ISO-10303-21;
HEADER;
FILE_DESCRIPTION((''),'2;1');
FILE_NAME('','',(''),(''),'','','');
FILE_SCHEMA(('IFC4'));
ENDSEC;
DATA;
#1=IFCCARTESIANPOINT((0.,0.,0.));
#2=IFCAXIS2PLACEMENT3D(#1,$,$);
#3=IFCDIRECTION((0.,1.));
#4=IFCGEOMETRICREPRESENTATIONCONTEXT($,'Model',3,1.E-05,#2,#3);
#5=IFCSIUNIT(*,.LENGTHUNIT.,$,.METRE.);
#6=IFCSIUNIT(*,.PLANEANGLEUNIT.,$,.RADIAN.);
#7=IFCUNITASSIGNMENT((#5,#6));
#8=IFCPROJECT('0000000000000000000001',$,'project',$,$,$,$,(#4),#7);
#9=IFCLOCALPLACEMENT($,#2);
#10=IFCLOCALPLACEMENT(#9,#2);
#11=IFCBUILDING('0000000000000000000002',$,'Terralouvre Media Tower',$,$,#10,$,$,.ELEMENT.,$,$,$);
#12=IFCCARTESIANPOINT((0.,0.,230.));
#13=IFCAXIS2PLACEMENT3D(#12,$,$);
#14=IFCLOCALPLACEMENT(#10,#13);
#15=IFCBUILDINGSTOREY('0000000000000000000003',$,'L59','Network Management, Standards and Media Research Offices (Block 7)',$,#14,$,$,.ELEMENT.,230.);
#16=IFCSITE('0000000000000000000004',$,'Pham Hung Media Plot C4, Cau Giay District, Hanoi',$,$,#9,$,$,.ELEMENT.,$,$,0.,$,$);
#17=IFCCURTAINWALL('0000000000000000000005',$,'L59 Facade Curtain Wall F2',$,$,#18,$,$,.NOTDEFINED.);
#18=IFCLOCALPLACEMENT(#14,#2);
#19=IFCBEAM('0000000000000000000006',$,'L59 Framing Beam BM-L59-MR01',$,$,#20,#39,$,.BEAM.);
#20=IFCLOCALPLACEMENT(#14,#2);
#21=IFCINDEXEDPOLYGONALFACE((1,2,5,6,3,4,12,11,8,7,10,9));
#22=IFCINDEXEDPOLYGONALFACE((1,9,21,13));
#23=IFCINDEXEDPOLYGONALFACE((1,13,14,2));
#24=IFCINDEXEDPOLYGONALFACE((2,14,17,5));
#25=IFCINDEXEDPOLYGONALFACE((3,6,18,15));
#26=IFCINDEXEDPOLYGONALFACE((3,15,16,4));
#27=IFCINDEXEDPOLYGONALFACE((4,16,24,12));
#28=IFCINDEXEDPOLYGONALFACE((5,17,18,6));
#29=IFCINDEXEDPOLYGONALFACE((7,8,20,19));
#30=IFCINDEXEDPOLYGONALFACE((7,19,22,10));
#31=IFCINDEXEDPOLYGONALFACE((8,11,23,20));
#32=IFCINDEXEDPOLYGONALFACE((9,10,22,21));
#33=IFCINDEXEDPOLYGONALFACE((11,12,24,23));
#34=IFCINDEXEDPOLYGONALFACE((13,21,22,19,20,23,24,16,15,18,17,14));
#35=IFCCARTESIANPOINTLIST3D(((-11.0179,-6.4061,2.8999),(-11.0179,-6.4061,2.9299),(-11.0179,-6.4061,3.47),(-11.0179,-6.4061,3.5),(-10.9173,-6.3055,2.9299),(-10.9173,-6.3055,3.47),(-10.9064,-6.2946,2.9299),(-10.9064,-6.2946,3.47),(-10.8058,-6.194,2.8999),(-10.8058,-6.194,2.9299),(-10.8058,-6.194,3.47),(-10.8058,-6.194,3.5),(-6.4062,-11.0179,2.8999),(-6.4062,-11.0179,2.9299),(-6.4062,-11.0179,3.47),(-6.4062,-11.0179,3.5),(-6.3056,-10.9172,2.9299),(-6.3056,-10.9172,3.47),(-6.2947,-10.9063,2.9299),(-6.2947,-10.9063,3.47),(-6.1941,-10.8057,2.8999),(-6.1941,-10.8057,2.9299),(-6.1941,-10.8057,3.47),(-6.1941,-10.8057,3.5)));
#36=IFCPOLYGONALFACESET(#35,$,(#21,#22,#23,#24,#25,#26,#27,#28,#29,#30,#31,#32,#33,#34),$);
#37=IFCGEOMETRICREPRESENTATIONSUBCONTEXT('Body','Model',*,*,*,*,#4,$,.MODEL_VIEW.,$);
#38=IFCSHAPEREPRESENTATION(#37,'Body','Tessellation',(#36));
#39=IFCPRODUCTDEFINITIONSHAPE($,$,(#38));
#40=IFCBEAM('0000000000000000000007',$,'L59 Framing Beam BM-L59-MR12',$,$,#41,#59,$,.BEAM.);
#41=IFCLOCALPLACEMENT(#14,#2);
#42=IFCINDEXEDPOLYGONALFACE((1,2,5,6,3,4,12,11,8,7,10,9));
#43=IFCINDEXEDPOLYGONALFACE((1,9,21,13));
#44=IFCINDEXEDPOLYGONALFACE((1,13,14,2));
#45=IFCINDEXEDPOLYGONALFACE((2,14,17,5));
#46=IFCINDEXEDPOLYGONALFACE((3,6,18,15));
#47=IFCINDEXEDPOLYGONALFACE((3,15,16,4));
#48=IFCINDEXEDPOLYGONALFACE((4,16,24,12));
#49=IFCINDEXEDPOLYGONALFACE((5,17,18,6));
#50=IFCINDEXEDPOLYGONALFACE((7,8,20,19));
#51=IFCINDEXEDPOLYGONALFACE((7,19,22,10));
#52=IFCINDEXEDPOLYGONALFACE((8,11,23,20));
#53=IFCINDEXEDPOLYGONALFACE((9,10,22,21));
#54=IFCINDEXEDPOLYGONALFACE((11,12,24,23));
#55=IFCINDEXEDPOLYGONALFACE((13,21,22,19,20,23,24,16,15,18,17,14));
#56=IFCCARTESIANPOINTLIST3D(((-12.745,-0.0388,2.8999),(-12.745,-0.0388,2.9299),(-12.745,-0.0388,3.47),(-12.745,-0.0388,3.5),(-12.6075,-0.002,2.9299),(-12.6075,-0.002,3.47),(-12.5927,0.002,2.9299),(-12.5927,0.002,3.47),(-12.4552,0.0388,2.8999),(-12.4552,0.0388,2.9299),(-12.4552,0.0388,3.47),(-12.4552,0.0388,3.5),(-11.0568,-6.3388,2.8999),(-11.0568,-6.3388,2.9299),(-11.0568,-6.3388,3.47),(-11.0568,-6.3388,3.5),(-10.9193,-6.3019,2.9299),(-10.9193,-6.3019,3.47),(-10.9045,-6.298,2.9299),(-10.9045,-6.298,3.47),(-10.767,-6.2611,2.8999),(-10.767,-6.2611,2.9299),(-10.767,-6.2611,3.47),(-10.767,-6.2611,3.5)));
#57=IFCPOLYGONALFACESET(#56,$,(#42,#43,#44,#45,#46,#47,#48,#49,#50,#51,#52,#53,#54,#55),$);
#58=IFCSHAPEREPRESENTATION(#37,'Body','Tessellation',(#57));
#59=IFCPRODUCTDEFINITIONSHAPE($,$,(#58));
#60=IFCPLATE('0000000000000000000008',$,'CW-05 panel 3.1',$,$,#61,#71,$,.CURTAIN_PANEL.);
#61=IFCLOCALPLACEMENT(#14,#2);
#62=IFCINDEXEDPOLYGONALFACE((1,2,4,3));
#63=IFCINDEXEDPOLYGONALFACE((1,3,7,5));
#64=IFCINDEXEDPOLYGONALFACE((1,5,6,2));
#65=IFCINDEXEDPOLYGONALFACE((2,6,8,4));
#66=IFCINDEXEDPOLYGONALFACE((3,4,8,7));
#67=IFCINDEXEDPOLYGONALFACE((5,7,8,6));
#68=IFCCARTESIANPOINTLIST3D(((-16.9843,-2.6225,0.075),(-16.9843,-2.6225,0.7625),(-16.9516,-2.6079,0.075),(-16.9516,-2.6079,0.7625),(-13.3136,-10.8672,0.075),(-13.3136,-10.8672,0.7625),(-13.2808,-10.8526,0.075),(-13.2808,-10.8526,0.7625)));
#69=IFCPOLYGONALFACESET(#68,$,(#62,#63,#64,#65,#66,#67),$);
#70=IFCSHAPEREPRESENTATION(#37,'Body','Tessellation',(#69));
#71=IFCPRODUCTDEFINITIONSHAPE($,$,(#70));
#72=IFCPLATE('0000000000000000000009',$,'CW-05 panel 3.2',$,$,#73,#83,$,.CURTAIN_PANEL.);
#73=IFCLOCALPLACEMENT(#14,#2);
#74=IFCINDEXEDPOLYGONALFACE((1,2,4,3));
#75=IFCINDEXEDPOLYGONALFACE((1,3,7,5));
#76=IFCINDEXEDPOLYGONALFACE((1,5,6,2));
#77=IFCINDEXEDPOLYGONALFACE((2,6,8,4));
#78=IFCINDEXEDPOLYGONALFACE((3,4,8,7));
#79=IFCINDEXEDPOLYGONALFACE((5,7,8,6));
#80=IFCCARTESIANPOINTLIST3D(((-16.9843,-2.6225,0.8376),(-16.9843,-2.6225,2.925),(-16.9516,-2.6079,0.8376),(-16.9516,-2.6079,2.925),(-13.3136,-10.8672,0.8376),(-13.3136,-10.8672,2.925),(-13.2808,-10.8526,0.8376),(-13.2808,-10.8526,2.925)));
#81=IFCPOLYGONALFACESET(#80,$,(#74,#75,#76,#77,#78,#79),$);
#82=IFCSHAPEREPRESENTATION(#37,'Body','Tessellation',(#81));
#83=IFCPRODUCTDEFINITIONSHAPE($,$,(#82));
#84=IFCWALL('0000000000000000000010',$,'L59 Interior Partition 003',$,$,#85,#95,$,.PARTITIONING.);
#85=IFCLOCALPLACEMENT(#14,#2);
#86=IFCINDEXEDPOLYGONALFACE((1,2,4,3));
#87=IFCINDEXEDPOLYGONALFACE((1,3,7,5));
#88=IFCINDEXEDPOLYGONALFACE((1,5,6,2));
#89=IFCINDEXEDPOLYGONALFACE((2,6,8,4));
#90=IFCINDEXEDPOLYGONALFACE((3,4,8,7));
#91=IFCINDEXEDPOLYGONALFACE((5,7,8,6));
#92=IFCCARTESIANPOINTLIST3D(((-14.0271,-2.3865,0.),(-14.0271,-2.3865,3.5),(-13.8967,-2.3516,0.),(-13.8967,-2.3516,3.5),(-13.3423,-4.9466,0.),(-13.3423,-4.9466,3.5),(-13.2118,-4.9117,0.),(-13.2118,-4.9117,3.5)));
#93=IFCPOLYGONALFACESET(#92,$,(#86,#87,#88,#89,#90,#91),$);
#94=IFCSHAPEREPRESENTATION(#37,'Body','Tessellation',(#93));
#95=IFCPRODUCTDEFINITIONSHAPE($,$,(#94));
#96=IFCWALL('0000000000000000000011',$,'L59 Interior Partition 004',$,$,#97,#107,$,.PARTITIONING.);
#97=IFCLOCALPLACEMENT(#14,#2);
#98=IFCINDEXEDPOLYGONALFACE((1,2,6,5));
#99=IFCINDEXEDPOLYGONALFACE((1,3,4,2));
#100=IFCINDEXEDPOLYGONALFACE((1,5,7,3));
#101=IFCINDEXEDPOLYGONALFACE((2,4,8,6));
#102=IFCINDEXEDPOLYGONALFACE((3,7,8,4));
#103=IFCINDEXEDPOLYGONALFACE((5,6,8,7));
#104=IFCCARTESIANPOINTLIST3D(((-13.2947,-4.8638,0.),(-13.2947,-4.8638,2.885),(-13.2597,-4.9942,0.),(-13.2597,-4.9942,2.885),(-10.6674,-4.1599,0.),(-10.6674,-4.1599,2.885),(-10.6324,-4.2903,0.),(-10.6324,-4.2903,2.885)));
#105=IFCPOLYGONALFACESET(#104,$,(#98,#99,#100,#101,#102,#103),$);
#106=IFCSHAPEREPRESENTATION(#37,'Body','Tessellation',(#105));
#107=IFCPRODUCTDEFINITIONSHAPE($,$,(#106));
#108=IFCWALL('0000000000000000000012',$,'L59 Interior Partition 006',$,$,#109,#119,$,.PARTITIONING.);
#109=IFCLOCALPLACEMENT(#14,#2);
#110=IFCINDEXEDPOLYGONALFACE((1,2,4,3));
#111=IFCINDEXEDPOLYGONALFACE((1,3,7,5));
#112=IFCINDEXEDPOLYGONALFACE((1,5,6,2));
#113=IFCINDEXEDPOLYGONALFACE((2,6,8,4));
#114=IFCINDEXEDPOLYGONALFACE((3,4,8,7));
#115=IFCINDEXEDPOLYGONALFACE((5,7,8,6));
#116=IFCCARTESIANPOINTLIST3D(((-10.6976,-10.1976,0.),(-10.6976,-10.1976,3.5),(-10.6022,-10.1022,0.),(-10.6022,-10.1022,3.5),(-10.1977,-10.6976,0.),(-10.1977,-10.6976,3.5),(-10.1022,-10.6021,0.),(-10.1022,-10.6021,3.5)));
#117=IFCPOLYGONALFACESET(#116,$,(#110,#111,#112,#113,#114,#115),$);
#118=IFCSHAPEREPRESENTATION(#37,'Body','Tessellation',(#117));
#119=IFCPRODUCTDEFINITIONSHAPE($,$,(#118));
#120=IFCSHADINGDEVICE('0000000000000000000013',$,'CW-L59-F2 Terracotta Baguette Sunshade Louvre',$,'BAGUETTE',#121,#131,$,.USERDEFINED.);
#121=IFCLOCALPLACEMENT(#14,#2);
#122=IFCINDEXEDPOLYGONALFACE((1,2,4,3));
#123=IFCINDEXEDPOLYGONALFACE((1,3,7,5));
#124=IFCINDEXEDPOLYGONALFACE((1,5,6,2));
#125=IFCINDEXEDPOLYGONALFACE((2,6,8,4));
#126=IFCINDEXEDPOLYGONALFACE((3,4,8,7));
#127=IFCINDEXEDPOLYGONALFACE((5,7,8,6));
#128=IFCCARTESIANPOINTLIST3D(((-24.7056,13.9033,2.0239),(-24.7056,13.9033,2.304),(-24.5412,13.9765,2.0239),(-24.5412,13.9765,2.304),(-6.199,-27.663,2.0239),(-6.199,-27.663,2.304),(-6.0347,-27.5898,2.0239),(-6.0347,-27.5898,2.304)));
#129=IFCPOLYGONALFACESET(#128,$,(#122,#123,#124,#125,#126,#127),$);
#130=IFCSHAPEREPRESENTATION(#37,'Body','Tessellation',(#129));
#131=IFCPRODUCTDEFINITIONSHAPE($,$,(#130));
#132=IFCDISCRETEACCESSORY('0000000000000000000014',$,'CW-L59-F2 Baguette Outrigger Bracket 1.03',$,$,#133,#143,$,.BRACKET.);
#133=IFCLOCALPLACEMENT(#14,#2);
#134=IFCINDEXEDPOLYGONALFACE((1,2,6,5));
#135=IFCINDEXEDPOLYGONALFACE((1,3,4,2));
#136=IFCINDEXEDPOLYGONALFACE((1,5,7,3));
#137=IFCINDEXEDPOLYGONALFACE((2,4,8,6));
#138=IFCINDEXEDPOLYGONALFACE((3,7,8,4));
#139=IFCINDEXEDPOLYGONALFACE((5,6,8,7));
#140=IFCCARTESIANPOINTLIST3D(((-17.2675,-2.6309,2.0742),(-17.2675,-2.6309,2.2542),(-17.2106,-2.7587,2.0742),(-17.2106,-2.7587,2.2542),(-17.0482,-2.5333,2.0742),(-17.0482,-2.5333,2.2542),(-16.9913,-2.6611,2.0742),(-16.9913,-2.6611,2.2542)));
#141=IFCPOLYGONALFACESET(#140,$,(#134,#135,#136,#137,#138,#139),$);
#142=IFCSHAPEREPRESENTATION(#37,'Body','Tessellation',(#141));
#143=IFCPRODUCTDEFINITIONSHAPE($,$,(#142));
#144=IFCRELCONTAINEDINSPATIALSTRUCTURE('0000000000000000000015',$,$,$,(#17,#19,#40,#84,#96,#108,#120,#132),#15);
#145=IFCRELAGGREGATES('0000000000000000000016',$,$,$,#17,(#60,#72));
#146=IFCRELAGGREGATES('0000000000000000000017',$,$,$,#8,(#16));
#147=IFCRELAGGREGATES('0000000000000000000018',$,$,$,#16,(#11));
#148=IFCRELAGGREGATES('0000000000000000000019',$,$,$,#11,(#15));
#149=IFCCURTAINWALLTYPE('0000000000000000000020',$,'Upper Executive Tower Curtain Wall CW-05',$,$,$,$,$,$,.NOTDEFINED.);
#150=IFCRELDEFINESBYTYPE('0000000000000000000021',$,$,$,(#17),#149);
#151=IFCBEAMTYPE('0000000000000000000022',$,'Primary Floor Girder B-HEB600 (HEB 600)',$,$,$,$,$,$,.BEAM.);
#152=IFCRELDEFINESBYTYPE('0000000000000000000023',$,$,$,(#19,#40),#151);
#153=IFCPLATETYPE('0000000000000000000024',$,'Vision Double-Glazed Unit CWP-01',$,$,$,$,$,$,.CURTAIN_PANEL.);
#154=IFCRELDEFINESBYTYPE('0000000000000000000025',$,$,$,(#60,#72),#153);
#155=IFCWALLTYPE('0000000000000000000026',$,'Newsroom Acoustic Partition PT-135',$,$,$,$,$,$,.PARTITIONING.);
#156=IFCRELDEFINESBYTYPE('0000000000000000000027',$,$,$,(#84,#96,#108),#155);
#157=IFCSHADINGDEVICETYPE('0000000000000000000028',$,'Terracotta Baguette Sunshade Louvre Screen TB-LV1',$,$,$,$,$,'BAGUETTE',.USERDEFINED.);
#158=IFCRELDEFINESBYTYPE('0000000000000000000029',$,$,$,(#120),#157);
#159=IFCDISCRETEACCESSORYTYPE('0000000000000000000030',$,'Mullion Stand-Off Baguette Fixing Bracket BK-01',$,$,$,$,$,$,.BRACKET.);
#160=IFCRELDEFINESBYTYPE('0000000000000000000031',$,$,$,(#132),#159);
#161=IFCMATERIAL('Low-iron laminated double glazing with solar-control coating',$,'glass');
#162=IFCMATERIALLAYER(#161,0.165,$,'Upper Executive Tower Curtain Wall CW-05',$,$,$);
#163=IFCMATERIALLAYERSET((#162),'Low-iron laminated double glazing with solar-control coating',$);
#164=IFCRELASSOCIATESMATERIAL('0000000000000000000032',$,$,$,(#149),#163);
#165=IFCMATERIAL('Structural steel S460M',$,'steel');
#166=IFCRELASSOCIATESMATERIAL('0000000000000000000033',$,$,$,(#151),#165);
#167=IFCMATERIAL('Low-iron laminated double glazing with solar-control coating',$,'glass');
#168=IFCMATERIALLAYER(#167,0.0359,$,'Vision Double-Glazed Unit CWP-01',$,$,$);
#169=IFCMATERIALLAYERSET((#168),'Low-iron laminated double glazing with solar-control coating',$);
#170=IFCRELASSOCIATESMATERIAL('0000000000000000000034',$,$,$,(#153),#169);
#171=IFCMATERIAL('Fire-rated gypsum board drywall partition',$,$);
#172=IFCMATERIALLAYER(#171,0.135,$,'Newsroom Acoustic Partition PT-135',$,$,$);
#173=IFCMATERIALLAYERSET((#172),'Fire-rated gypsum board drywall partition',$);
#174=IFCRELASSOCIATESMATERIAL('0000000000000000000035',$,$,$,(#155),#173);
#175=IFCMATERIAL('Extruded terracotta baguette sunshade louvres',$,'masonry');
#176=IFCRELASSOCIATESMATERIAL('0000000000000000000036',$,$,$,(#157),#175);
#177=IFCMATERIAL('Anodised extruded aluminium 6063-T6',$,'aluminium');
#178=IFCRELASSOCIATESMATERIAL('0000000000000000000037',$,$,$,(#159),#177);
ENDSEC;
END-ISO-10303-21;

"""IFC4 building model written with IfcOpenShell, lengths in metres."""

from ifc_helpers import new_model, si_unit, direction, frame, frame_2d, origin, origin_2d, place, context, subcontext, project, spatial, rectangle, i_section, extrude, material, layer, layer_set, material_profile, profile_set, type_object, element, aggregate, save


model = new_model("IFC4")

# Units and contexts
model_context = context("Model", 3, precision=1e-05, world=origin(), true_north=direction((0.0, 1.0)))
body_context = subcontext(model_context, "Body", "Model", "MODEL_VIEW")
ifc_project = project(units=[si_unit("LENGTHUNIT", "METRE"), si_unit("PLANEANGLEUNIT", "RADIAN")], contexts=[model_context])

# Site, building, storey
site_placement = place(None, origin())
site = spatial("IfcSite", under=ifc_project, at=site_placement, Name="Pham Hung Media Plot C4, Cau Giay District, Hanoi", CompositionType="ELEMENT", RefElevation=0.0)
building_placement = place(site_placement, origin())
building = spatial("IfcBuilding", under=site, at=building_placement, Name="Terralouvre Media Tower", CompositionType="ELEMENT")
storey_placement = place(building_placement, frame((0.0, 0.0, 230.0)))
storey = spatial("IfcBuildingStorey", under=building, at=storey_placement, Name="L59", Description="Network Management, Standards and Media Research Offices (Block 7)", CompositionType="ELEMENT", Elevation=230.0)

# Curtain wall
ifc_material_1 = material(Name="Low-iron laminated double glazing with solar-control coating", Category="glass")
ifc_layer_1 = layer(ifc_material_1, 0.165, Name="Upper Executive Tower Curtain Wall CW-05")
ifc_layer_set_1 = layer_set([ifc_layer_1], Name="Low-iron laminated double glazing with solar-control coating")
curtain_wall_type = type_object("IfcCurtainWallType", Name="Upper Executive Tower Curtain Wall CW-05", PredefinedType="NOTDEFINED", material=ifc_layer_set_1)
curtain_wall_placement = place(storey_placement, origin())
curtain_wall = element("IfcCurtainWall", 1, at=curtain_wall_placement, inside=storey, type_object=curtain_wall_type, Name="L59 Facade Curtain Wall F2", PredefinedType="NOTDEFINED")

# Beams
ifc_material_2 = material(Name="Structural steel S460M", Category="steel")
ifc_material_profile_1 = material_profile(ifc_material_2, i_section(OverallWidth=0.3, OverallDepth=0.6001, WebThickness=0.0154, FlangeThickness=0.03, at=origin_2d()), Name="HEB 600")
ifc_profile_set_1 = profile_set([ifc_material_profile_1], Name="Structural steel S460M")
beam_type_1 = type_object("IfcBeamType", Name="Primary Floor Girder B-HEB600 (HEB 600)", PredefinedType="BEAM", material=ifc_profile_set_1)
beam_1_placement = place(storey_placement, frame((-10.9119, -6.3, 3.2), z_axis=(0.707107, -0.707107, 0.0), x_axis=(0.707107, 0.707107, 0.0)))
element("IfcBeam", 2, at=beam_1_placement, inside=storey, type_object=beam_type_1, Name="L59 Framing Beam BM-L59-MR01", PredefinedType="BEAM", context=body_context, shape_type="SweptSolid", body=[
    extrude(i_section(OverallWidth=0.3, OverallDepth=0.6001, WebThickness=0.0154, FlangeThickness=0.03, at=origin_2d()), origin(), (0.0, 0.0, 1.0), 6.522),
])
beam_2_placement = place(storey_placement, frame((-12.6001, 0.0, 3.2), z_axis=(0.258839, -0.96592, 0.0), x_axis=(0.96592, 0.258839, 0.0)))
element("IfcBeam", 3, at=beam_2_placement, inside=storey, type_object=beam_type_1, Name="L59 Framing Beam BM-L59-MR12", PredefinedType="BEAM", context=body_context, shape_type="SweptSolid", body=[
    extrude(i_section(OverallWidth=0.3, OverallDepth=0.6001, WebThickness=0.0154, FlangeThickness=0.03, at=origin_2d()), origin(), (0.0, 0.0, 1.0), 6.5222),
])

# Plates
ifc_material_3 = material(Name="Low-iron laminated double glazing with solar-control coating", Category="glass")
ifc_layer_2 = layer(ifc_material_3, 0.0359, Name="Vision Double-Glazed Unit CWP-01")
ifc_layer_set_2 = layer_set([ifc_layer_2], Name="Low-iron laminated double glazing with solar-control coating")
plate_type = type_object("IfcPlateType", Name="Vision Double-Glazed Unit CWP-01", PredefinedType="CURTAIN_PANEL", material=ifc_layer_set_2)
plate_1_placement = place(storey_placement, frame((-15.1326, -6.7375, 0.075), z_axis=(0.0, 0.0, 1.0), x_axis=(0.406737, -0.913545, 0.0)))
plate_1 = element("IfcPlate", 4, at=plate_1_placement, type_object=plate_type, Name="CW-05 panel 3.1", PredefinedType="CURTAIN_PANEL", context=body_context, shape_type="SweptSolid", body=[
    extrude(rectangle(XDim=9.0249, YDim=0.0359, at=origin_2d()), origin(), (0.0, 0.0, 1.0), 0.6875),
])
plate_2_placement = place(storey_placement, frame((-15.1326, -6.7375, 0.8376), z_axis=(0.0, 0.0, 1.0), x_axis=(0.406737, -0.913545, 0.0)))
plate_2 = element("IfcPlate", 5, at=plate_2_placement, type_object=plate_type, Name="CW-05 panel 3.2", PredefinedType="CURTAIN_PANEL", context=body_context, shape_type="SweptSolid", body=[
    extrude(rectangle(XDim=9.0249, YDim=0.0359, at=origin_2d()), origin(), (0.0, 0.0, 1.0), 2.0874),
])
aggregate(curtain_wall, [plate_1, plate_2])

# Walls
ifc_material_4 = material(Name="Fire-rated gypsum board drywall partition")
ifc_layer_3 = layer(ifc_material_4, 0.135, Name="Newsroom Acoustic Partition PT-135")
ifc_layer_set_3 = layer_set([ifc_layer_3], Name="Fire-rated gypsum board drywall partition")
wall_type = type_object("IfcWallType", Name="Newsroom Acoustic Partition PT-135", PredefinedType="PARTITIONING", material=ifc_layer_set_3)
wall_1_placement = place(storey_placement, frame((-13.9619, -2.3689, 0.0), z_axis=(0.0, 0.0, 1.0), x_axis=(0.258414, -0.966034, 0.0)))
element("IfcWall", 6, at=wall_1_placement, inside=storey, type_object=wall_type, Name="L59 Interior Partition 003", PredefinedType="PARTITIONING", context=body_context, shape_type="SweptSolid", body=[
    extrude(rectangle(XDim=2.6501, YDim=0.135, at=frame_2d((1.3252, 0.0))), origin(), (0.0, 0.0, 1.0), 3.5),
])
wall_2_placement = place(storey_placement, frame((-13.2771, -4.929, 0.0), z_axis=(0.0, 0.0, 1.0), x_axis=(0.965935, 0.258785, 0.0)))
element("IfcWall", 7, at=wall_2_placement, inside=storey, type_object=wall_type, Name="L59 Interior Partition 004", PredefinedType="PARTITIONING", context=body_context, shape_type="SweptSolid", body=[
    extrude(rectangle(XDim=2.72, YDim=0.135, at=frame_2d((1.3599, 0.0))), origin(), (0.0, 0.0, 1.0), 2.885),
])
wall_3_placement = place(storey_placement, frame((-10.6499, -10.1499, 0.0), z_axis=(0.0, 0.0, 1.0), x_axis=(0.707107, -0.707107, 0.0)))
element("IfcWall", 8, at=wall_3_placement, inside=storey, type_object=wall_type, Name="L59 Interior Partition 006", PredefinedType="PARTITIONING", context=body_context, shape_type="SweptSolid", body=[
    extrude(rectangle(XDim=0.707, YDim=0.135, at=frame_2d((0.3535, 0.0))), origin(), (0.0, 0.0, 1.0), 3.5),
])

# Shading device
ifc_material_5 = material(Name="Extruded terracotta baguette sunshade louvres", Category="masonry")
shading_device_type = type_object("IfcShadingDeviceType", Name="Terracotta Baguette Sunshade Louvre Screen TB-LV1", ElementType="BAGUETTE", PredefinedType="USERDEFINED", material=ifc_material_5)
shading_device_placement = place(storey_placement, frame((-15.3701, -6.8433, 2.0239), z_axis=(0.0, 0.0, 1.0), x_axis=(0.406737, -0.913545, 0.0)))
element("IfcShadingDevice", 9, at=shading_device_placement, inside=storey, type_object=shading_device_type, Name="CW-L59-F2 Terracotta Baguette Sunshade Louvre", ObjectType="BAGUETTE", PredefinedType="USERDEFINED", context=body_context, shape_type="SweptSolid", body=[
    extrude(rectangle(XDim=45.5, YDim=0.1799, at=origin_2d()), origin(), (0.0, 0.0, 1.0), 0.28),
])

# Discrete accessory
ifc_material_6 = material(Name="Anodised extruded aluminium 6063-T6", Category="aluminium")
discrete_accessory_type = type_object("IfcDiscreteAccessoryType", Name="Mullion Stand-Off Baguette Fixing Bracket BK-01", PredefinedType="BRACKET", material=ifc_material_6)
discrete_accessory_placement = place(storey_placement, frame((-17.1294, -2.646, 2.0742), z_axis=(0.0, 0.0, 1.0), x_axis=(0.406737, -0.913545, 0.0)))
element("IfcDiscreteAccessory", 10, at=discrete_accessory_placement, inside=storey, type_object=discrete_accessory_type, Name="CW-L59-F2 Baguette Outrigger Bracket 1.03", PredefinedType="BRACKET", context=body_context, shape_type="SweptSolid", body=[
    extrude(rectangle(XDim=0.1399, YDim=0.24, at=origin_2d()), origin(), (0.0, 0.0, 1.0), 0.1799),
])

save(model, "model.ifc")
